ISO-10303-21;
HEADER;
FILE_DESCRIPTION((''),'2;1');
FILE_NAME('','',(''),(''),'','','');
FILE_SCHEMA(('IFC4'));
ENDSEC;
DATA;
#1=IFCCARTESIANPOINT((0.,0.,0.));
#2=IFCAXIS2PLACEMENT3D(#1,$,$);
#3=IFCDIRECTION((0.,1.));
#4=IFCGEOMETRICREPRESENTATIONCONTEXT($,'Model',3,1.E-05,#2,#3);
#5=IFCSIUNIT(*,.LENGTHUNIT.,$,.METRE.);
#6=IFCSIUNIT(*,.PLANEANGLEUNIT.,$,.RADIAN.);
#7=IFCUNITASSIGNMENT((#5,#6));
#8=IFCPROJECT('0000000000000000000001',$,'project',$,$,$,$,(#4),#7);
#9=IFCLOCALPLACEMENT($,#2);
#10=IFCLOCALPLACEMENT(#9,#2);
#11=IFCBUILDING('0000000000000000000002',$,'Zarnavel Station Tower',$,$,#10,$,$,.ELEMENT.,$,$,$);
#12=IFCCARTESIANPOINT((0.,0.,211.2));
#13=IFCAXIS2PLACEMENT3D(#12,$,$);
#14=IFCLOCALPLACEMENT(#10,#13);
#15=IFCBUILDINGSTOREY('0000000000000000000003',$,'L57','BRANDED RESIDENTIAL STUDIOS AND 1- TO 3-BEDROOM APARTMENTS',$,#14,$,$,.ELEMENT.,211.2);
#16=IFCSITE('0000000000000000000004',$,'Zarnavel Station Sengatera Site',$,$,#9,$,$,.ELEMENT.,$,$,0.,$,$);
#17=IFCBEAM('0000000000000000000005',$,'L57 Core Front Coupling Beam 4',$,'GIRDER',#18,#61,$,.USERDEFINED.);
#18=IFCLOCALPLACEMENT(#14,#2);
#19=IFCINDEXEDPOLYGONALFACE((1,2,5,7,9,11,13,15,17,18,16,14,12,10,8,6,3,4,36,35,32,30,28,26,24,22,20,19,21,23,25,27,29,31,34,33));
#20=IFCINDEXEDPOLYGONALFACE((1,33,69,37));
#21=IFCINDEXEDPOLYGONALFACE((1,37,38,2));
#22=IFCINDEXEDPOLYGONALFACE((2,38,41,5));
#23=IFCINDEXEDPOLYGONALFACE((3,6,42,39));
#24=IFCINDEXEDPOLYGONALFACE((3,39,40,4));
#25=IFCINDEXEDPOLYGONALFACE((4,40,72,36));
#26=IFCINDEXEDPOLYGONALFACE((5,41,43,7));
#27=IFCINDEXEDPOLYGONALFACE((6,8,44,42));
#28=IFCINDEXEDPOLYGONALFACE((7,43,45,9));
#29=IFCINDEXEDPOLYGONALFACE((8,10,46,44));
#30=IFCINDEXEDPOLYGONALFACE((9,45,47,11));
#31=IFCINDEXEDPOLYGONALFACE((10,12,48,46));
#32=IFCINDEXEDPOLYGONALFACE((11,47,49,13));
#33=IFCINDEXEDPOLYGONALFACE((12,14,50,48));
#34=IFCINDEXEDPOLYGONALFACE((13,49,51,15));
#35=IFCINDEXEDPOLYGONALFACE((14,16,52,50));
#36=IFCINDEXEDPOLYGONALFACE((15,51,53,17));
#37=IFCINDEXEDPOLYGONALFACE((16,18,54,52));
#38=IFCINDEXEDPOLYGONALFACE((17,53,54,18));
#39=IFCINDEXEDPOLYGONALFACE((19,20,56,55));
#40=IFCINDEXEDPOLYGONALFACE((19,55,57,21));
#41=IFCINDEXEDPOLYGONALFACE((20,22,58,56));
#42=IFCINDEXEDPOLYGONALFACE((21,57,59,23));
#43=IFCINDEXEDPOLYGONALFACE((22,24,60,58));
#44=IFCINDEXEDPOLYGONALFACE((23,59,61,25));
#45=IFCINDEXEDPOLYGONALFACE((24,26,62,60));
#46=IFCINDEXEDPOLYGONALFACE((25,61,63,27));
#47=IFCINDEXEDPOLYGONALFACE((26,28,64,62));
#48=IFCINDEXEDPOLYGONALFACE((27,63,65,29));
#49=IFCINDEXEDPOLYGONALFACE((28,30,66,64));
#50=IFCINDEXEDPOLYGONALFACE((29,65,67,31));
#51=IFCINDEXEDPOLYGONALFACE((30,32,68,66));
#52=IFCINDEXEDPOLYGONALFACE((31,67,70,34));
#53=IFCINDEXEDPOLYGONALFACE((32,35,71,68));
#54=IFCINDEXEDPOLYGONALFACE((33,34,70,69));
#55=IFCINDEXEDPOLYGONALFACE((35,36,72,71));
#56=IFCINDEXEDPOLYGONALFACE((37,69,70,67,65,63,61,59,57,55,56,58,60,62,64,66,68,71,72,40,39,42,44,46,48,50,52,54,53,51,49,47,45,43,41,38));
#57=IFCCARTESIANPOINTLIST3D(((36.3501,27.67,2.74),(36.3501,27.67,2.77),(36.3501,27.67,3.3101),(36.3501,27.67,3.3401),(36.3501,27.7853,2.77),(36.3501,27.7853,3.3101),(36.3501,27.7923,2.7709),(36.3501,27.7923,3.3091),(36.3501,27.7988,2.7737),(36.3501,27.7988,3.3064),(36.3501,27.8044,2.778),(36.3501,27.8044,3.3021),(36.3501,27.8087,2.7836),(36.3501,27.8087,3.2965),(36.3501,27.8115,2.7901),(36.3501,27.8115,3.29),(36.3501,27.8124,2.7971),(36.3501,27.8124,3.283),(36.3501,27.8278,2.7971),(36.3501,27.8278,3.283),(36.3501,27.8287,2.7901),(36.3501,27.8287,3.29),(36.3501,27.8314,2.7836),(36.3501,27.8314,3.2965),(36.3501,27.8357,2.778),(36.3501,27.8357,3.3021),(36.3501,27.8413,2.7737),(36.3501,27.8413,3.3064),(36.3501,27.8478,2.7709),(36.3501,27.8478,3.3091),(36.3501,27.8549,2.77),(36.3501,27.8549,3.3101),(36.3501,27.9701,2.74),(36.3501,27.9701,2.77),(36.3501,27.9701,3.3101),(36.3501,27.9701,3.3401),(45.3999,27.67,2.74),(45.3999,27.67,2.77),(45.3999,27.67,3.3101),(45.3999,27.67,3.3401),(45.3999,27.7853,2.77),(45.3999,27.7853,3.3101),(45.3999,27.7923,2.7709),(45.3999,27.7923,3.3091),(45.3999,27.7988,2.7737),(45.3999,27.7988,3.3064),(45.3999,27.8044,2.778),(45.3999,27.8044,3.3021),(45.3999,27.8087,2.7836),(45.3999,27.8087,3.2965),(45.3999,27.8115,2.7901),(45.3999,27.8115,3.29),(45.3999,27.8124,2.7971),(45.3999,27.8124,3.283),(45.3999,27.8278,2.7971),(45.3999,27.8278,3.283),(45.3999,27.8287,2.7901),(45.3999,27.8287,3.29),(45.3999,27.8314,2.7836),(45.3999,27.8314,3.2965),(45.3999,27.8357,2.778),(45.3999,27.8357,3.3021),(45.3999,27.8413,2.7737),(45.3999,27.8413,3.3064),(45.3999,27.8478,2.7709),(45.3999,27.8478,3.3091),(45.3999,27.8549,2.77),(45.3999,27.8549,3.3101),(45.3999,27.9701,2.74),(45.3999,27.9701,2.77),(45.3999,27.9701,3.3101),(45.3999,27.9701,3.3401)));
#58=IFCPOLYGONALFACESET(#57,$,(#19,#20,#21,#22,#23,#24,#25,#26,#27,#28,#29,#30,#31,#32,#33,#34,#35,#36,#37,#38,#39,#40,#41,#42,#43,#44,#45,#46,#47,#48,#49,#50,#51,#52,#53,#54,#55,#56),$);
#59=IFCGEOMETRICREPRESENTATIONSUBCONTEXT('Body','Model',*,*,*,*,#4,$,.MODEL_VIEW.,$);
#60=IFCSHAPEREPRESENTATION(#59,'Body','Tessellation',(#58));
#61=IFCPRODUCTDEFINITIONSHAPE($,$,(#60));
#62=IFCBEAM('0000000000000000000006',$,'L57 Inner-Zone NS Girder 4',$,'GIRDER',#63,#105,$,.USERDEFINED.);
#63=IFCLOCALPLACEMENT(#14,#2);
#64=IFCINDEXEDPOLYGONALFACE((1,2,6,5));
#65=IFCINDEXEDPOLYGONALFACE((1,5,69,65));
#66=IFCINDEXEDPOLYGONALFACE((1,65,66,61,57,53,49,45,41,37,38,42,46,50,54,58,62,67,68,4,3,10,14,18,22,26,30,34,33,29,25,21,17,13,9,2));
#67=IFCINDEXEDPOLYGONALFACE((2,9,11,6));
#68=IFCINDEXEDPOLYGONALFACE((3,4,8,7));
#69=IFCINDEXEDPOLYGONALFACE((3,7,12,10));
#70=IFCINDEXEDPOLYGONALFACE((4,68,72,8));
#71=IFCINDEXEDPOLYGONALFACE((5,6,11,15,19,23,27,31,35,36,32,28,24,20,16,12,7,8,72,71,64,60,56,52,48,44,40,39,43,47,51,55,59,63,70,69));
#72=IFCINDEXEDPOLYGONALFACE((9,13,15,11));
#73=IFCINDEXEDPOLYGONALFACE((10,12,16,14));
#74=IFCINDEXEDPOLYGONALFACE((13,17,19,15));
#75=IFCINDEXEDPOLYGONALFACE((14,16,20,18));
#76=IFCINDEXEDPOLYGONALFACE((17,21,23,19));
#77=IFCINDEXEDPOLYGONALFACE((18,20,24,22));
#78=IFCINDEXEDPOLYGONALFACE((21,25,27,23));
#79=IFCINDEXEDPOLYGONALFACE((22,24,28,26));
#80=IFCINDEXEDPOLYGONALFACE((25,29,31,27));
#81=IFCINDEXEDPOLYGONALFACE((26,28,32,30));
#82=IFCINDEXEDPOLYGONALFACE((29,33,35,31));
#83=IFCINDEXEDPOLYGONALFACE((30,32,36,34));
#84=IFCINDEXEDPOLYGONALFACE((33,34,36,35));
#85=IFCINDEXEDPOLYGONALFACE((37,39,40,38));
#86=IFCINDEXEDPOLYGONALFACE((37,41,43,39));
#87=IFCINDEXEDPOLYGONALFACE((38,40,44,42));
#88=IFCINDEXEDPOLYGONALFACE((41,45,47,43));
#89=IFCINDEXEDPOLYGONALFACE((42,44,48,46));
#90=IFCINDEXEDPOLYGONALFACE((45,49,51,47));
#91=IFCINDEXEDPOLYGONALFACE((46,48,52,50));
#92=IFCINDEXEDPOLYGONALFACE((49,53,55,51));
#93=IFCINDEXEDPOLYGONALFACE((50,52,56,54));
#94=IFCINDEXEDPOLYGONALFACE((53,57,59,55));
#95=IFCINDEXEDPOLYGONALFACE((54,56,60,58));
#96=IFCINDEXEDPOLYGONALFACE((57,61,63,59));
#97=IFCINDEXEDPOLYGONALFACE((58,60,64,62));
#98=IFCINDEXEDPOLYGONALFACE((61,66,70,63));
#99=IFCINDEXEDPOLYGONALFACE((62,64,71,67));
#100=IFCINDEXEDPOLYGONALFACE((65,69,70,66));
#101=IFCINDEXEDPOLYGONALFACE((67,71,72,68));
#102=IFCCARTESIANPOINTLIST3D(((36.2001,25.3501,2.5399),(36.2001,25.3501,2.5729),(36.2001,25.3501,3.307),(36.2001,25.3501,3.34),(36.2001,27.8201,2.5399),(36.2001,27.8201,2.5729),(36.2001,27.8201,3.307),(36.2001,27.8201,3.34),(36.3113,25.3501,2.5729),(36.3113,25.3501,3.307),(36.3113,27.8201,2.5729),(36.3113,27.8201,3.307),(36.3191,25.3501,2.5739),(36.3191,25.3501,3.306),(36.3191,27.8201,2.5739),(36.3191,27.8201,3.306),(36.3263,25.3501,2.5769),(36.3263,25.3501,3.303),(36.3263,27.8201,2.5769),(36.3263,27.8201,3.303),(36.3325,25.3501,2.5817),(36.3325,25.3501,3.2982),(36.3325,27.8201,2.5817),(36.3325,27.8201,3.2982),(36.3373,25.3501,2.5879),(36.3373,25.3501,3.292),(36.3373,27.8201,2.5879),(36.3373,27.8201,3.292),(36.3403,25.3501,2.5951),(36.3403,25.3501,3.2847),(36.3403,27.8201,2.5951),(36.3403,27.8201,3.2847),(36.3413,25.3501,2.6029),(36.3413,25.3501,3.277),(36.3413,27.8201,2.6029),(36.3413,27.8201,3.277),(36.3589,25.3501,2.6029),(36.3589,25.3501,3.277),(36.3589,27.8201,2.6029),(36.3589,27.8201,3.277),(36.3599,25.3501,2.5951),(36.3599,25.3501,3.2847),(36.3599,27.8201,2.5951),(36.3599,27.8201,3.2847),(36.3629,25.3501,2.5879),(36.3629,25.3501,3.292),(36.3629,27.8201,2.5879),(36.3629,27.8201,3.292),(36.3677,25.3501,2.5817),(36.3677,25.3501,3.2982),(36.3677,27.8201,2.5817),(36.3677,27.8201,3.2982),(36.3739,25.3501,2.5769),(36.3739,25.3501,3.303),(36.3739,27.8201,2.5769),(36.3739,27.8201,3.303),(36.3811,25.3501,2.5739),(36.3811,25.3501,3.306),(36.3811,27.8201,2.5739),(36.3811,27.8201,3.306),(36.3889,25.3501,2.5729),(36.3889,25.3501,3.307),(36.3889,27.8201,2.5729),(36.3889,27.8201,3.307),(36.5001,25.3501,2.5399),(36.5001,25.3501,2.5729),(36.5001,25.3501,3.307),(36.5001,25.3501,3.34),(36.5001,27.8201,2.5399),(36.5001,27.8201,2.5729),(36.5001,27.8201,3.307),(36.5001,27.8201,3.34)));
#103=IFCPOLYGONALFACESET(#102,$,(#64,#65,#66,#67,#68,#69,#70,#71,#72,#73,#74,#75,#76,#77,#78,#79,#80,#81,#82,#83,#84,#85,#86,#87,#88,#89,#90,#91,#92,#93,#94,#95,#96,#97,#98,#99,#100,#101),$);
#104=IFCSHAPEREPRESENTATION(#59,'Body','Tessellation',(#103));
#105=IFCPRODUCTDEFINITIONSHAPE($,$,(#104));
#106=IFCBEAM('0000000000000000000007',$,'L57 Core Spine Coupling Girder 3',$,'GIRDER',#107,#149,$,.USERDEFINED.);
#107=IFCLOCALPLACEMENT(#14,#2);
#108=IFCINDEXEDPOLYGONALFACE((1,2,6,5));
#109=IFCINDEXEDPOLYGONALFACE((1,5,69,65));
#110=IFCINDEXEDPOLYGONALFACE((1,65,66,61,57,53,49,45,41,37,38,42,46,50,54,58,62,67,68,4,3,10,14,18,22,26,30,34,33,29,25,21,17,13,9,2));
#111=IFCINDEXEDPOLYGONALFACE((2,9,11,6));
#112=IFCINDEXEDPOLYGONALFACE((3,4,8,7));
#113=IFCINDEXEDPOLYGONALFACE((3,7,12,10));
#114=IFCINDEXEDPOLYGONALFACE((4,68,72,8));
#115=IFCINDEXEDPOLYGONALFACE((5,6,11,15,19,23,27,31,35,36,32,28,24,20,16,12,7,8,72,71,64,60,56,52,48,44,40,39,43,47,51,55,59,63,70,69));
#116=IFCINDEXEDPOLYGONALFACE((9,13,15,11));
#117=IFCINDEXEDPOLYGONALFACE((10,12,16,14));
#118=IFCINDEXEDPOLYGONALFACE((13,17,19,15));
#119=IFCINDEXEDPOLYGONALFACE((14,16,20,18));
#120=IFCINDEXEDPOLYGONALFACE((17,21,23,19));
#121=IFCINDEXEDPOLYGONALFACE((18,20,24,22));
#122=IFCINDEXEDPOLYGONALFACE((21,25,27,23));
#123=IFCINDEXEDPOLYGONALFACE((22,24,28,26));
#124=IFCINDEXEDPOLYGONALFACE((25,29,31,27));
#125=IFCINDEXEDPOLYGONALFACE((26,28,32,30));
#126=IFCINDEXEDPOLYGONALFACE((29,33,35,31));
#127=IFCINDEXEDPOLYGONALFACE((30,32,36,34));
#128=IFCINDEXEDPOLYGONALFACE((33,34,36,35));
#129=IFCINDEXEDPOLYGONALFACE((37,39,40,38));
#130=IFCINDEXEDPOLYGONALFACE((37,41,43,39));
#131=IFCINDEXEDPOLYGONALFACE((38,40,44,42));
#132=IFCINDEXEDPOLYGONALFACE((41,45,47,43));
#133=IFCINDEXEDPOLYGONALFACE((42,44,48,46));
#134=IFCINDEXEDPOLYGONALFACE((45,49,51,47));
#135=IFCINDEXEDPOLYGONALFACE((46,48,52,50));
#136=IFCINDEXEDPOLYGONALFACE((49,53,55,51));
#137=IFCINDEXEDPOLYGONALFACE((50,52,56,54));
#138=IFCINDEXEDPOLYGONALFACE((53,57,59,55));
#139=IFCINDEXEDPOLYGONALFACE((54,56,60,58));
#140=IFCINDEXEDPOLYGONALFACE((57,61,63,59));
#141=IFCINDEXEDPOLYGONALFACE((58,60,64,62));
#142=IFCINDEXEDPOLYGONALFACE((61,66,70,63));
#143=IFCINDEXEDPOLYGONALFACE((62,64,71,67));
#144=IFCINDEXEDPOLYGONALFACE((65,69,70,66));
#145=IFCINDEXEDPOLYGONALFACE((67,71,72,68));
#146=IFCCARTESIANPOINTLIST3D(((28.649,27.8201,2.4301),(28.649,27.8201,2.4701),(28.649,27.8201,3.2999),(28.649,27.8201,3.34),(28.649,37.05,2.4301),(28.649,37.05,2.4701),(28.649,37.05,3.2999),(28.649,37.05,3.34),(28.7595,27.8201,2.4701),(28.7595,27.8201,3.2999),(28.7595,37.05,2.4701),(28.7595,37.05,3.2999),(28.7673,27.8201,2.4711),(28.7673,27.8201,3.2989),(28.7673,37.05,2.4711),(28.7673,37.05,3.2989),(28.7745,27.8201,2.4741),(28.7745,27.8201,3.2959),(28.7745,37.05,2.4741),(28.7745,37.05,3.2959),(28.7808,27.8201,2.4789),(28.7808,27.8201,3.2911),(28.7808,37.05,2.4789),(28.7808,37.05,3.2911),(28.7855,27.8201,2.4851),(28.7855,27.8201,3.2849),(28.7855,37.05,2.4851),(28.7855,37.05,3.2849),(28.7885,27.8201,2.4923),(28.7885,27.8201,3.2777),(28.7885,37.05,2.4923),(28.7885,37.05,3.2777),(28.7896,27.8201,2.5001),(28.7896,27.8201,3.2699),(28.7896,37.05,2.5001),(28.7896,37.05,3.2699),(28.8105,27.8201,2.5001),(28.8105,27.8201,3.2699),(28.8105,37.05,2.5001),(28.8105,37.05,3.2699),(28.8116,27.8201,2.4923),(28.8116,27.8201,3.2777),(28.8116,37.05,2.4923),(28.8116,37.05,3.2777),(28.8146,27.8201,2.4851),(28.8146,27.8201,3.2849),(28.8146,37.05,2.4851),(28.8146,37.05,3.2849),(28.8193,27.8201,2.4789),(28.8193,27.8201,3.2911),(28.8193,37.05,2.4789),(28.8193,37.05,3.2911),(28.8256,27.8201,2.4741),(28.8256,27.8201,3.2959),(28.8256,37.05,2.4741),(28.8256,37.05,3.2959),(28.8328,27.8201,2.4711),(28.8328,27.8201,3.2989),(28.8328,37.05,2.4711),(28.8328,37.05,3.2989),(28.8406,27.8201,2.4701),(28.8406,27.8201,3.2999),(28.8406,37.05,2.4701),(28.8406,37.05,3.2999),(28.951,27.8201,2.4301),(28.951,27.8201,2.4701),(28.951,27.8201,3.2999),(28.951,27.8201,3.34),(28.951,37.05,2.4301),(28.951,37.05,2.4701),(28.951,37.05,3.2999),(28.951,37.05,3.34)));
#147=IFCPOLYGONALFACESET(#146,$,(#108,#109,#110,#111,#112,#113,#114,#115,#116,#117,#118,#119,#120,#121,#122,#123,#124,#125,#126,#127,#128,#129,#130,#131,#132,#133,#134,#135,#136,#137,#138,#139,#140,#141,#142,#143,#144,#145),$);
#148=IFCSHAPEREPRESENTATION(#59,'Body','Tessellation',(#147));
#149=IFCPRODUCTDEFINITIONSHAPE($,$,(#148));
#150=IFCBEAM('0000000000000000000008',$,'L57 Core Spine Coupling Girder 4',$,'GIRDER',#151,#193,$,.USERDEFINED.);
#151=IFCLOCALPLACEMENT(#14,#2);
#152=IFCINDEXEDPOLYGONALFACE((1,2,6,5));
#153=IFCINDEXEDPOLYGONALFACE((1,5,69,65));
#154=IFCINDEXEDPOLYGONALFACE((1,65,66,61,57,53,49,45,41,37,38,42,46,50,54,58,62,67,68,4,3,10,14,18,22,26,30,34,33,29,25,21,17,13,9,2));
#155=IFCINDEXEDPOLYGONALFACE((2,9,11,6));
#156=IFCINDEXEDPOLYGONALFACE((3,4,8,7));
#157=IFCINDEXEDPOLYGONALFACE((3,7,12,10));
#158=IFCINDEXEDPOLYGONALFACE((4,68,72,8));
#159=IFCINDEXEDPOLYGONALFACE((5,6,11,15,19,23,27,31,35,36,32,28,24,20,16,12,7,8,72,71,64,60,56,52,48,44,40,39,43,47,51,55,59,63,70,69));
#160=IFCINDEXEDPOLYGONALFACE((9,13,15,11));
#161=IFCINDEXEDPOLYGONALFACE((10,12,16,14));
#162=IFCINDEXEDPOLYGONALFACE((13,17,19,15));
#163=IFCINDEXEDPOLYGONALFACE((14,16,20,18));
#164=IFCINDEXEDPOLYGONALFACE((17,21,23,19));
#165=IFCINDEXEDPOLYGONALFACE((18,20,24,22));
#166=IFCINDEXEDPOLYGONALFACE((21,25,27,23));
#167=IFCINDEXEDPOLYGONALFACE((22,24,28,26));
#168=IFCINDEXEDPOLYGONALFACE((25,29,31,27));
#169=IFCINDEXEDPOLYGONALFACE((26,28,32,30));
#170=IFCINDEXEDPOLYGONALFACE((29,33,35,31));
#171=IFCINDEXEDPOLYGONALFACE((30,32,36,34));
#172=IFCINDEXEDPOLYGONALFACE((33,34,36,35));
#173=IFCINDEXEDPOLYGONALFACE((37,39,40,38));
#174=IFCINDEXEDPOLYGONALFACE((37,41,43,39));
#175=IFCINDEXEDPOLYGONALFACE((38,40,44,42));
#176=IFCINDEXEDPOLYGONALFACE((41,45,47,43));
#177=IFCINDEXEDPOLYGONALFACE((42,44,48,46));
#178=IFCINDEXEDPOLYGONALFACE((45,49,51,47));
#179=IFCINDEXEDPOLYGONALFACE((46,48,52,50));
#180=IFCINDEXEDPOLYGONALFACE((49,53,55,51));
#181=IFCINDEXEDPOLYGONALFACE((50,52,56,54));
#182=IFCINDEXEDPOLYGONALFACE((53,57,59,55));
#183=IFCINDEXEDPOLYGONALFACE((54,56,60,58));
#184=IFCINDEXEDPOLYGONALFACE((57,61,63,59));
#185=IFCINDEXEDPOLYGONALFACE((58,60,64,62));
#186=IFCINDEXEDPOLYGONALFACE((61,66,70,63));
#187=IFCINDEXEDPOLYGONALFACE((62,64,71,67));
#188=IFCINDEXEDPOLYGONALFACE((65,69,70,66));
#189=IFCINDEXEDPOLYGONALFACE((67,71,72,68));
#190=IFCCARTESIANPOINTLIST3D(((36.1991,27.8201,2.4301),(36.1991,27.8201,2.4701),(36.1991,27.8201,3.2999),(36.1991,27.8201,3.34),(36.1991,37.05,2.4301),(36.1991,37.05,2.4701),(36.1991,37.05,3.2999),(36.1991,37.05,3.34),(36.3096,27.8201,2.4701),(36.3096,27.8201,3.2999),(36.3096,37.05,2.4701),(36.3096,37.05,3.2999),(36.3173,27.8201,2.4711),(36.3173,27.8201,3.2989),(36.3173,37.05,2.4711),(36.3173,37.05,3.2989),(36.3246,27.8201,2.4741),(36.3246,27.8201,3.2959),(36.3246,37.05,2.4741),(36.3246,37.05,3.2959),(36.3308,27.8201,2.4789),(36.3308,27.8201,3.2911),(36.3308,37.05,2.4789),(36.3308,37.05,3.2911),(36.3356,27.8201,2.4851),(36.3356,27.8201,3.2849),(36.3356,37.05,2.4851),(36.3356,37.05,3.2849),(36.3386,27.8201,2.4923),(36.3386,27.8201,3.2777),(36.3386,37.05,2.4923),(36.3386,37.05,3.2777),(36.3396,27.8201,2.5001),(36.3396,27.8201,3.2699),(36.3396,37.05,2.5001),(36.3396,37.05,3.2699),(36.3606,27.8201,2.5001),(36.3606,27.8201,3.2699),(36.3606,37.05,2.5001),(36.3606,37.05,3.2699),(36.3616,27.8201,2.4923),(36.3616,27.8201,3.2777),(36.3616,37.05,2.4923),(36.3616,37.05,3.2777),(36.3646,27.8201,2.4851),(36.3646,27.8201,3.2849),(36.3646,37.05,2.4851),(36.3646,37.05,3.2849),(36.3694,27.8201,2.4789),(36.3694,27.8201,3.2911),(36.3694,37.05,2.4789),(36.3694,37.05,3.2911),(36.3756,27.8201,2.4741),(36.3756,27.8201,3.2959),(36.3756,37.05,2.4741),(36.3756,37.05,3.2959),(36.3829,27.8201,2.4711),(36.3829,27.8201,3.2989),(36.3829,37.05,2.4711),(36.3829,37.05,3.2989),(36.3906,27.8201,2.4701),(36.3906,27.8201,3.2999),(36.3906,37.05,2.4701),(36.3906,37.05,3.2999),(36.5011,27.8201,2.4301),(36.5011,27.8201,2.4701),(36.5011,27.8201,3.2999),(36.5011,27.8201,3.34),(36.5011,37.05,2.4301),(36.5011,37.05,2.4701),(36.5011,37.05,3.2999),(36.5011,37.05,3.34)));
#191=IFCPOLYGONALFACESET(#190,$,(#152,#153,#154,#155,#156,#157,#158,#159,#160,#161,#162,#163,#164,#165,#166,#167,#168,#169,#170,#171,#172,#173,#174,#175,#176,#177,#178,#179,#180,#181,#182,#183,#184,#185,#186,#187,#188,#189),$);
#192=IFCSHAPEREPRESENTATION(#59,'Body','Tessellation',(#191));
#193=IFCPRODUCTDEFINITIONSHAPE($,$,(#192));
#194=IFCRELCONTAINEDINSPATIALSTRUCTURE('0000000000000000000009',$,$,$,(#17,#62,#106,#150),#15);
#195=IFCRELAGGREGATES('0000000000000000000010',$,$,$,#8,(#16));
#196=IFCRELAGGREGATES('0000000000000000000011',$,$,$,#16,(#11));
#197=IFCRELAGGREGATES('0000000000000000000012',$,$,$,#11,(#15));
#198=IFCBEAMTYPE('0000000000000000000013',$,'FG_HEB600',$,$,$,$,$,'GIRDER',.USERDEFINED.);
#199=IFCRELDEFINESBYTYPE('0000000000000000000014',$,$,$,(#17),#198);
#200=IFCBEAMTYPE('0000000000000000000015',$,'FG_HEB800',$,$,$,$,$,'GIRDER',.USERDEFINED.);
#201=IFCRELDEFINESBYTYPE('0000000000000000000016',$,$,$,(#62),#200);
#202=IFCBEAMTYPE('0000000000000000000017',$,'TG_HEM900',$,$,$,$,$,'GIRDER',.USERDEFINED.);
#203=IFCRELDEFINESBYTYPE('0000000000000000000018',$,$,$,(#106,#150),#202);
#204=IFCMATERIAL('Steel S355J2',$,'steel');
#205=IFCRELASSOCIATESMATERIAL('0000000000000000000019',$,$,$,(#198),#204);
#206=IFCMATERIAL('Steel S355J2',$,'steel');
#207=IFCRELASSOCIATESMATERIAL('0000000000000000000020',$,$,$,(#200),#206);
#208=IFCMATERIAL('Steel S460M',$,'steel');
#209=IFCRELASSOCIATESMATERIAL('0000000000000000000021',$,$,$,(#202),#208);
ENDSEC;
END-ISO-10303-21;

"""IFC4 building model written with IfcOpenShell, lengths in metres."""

from ifc_helpers import new_model, si_unit, direction, frame, origin, origin_2d, place, context, subcontext, project, spatial, i_section, extrude, material, material_profile, profile_set, type_object, element, save


model = new_model("IFC4")

# Units and contexts
model_context = context("Model", 3, precision=1e-05, world=origin(), true_north=direction((0.0, 1.0)))
body_context = subcontext(model_context, "Body", "Model", "MODEL_VIEW")
ifc_project = project(units=[si_unit("LENGTHUNIT", "METRE"), si_unit("PLANEANGLEUNIT", "RADIAN")], contexts=[model_context])

# Site, building, storey
site_placement = place(None, origin())
site = spatial("IfcSite", under=ifc_project, at=site_placement, Name="Zarnavel Station Sengatera Site", CompositionType="ELEMENT", RefElevation=0.0)
building_placement = place(site_placement, origin())
building = spatial("IfcBuilding", under=site, at=building_placement, Name="Zarnavel Station Tower", CompositionType="ELEMENT")
storey_placement = place(building_placement, frame((0.0, 0.0, 211.2)))
storey = spatial("IfcBuildingStorey", under=building, at=storey_placement, Name="L57", Description="BRANDED RESIDENTIAL STUDIOS AND 1- TO 3-BEDROOM APARTMENTS", CompositionType="ELEMENT", Elevation=211.2)

# Beams
ifc_material_1 = material(Name="Steel S355J2", Category="steel")
ifc_material_profile_1 = material_profile(ifc_material_1, i_section(OverallWidth=0.3, OverallDepth=0.6001, WebThickness=0.0154, FlangeThickness=0.03, FilletRadius=0.0271, at=origin_2d()), Name="HEB600")
ifc_profile_set_1 = profile_set([ifc_material_profile_1], Name="Steel S355J2")
beam_type_1 = type_object("IfcBeamType", Name="FG_HEB600", ElementType="GIRDER", PredefinedType="USERDEFINED", material=ifc_profile_set_1)
beam_1_placement = place(storey_placement, frame((36.3501, 27.8201, 3.04), z_axis=(1.0, 0.0, 0.0), x_axis=(0.0, 1.0, 0.0)))
element("IfcBeam", 1, at=beam_1_placement, inside=storey, type_object=beam_type_1, Name="L57 Core Front Coupling Beam 4", ObjectType="GIRDER", PredefinedType="USERDEFINED", context=body_context, shape_type="SweptSolid", body=[
    extrude(i_section(OverallWidth=0.3, OverallDepth=0.6001, WebThickness=0.0154, FlangeThickness=0.03, FilletRadius=0.0271, at=origin_2d()), origin(), (0.0, 0.0, 1.0), 9.0498),
])
ifc_material_2 = material(Name="Steel S355J2", Category="steel")
ifc_material_profile_2 = material_profile(ifc_material_2, i_section(OverallWidth=0.3, OverallDepth=0.8, WebThickness=0.0176, FlangeThickness=0.033, FilletRadius=0.03, at=origin_2d()), Name="HEB800")
ifc_profile_set_2 = profile_set([ifc_material_profile_2], Name="Steel S355J2")
beam_type_2 = type_object("IfcBeamType", Name="FG_HEB800", ElementType="GIRDER", PredefinedType="USERDEFINED", material=ifc_profile_set_2)
beam_2_placement = place(storey_placement, frame((36.3501, 25.3501, 2.9399), z_axis=(0.0, 1.0, 0.0), x_axis=(-1.0, 0.0, 0.0)))
element("IfcBeam", 2, at=beam_2_placement, inside=storey, type_object=beam_type_2, Name="L57 Inner-Zone NS Girder 4", ObjectType="GIRDER", PredefinedType="USERDEFINED", context=body_context, shape_type="SweptSolid", body=[
    extrude(i_section(OverallWidth=0.3, OverallDepth=0.8, WebThickness=0.0176, FlangeThickness=0.033, FilletRadius=0.03, at=origin_2d()), origin(), (0.0, 0.0, 1.0), 2.47),
])
ifc_material_3 = material(Name="Steel S460M", Category="steel")
ifc_material_profile_3 = material_profile(ifc_material_3, i_section(OverallWidth=0.302, OverallDepth=0.9099, WebThickness=0.021, FlangeThickness=0.04, FilletRadius=0.03, at=origin_2d()), Name="HEM900")
ifc_profile_set_3 = profile_set([ifc_material_profile_3], Name="Steel S460M")
beam_type_3 = type_object("IfcBeamType", Name="TG_HEM900", ElementType="GIRDER", PredefinedType="USERDEFINED", material=ifc_profile_set_3)
for number, where, z_axis, x_axis, name in (
    (3, (28.8, 27.8201, 2.885), (0.0, 1.0, 0.0), (-1.0, 0.0, 0.0), "L57 Core Spine Coupling Girder 3"),
    (4, (36.3501, 27.8201, 2.885), (0.0, 1.0, 0.0), (-1.0, 0.0, 0.0), "L57 Core Spine Coupling Girder 4"),
):
    element("IfcBeam", number, at=place(storey_placement, frame(where, z_axis=z_axis, x_axis=x_axis)), inside=storey, type_object=beam_type_3, Name=name, ObjectType="GIRDER", PredefinedType="USERDEFINED", context=body_context, shape_type="SweptSolid", body=[
        extrude(i_section(OverallWidth=0.302, OverallDepth=0.9099, WebThickness=0.021, FlangeThickness=0.04, FilletRadius=0.03, at=origin_2d()), origin(), (0.0, 0.0, 1.0), 9.23),
    ])

save(model, "model.ifc")
